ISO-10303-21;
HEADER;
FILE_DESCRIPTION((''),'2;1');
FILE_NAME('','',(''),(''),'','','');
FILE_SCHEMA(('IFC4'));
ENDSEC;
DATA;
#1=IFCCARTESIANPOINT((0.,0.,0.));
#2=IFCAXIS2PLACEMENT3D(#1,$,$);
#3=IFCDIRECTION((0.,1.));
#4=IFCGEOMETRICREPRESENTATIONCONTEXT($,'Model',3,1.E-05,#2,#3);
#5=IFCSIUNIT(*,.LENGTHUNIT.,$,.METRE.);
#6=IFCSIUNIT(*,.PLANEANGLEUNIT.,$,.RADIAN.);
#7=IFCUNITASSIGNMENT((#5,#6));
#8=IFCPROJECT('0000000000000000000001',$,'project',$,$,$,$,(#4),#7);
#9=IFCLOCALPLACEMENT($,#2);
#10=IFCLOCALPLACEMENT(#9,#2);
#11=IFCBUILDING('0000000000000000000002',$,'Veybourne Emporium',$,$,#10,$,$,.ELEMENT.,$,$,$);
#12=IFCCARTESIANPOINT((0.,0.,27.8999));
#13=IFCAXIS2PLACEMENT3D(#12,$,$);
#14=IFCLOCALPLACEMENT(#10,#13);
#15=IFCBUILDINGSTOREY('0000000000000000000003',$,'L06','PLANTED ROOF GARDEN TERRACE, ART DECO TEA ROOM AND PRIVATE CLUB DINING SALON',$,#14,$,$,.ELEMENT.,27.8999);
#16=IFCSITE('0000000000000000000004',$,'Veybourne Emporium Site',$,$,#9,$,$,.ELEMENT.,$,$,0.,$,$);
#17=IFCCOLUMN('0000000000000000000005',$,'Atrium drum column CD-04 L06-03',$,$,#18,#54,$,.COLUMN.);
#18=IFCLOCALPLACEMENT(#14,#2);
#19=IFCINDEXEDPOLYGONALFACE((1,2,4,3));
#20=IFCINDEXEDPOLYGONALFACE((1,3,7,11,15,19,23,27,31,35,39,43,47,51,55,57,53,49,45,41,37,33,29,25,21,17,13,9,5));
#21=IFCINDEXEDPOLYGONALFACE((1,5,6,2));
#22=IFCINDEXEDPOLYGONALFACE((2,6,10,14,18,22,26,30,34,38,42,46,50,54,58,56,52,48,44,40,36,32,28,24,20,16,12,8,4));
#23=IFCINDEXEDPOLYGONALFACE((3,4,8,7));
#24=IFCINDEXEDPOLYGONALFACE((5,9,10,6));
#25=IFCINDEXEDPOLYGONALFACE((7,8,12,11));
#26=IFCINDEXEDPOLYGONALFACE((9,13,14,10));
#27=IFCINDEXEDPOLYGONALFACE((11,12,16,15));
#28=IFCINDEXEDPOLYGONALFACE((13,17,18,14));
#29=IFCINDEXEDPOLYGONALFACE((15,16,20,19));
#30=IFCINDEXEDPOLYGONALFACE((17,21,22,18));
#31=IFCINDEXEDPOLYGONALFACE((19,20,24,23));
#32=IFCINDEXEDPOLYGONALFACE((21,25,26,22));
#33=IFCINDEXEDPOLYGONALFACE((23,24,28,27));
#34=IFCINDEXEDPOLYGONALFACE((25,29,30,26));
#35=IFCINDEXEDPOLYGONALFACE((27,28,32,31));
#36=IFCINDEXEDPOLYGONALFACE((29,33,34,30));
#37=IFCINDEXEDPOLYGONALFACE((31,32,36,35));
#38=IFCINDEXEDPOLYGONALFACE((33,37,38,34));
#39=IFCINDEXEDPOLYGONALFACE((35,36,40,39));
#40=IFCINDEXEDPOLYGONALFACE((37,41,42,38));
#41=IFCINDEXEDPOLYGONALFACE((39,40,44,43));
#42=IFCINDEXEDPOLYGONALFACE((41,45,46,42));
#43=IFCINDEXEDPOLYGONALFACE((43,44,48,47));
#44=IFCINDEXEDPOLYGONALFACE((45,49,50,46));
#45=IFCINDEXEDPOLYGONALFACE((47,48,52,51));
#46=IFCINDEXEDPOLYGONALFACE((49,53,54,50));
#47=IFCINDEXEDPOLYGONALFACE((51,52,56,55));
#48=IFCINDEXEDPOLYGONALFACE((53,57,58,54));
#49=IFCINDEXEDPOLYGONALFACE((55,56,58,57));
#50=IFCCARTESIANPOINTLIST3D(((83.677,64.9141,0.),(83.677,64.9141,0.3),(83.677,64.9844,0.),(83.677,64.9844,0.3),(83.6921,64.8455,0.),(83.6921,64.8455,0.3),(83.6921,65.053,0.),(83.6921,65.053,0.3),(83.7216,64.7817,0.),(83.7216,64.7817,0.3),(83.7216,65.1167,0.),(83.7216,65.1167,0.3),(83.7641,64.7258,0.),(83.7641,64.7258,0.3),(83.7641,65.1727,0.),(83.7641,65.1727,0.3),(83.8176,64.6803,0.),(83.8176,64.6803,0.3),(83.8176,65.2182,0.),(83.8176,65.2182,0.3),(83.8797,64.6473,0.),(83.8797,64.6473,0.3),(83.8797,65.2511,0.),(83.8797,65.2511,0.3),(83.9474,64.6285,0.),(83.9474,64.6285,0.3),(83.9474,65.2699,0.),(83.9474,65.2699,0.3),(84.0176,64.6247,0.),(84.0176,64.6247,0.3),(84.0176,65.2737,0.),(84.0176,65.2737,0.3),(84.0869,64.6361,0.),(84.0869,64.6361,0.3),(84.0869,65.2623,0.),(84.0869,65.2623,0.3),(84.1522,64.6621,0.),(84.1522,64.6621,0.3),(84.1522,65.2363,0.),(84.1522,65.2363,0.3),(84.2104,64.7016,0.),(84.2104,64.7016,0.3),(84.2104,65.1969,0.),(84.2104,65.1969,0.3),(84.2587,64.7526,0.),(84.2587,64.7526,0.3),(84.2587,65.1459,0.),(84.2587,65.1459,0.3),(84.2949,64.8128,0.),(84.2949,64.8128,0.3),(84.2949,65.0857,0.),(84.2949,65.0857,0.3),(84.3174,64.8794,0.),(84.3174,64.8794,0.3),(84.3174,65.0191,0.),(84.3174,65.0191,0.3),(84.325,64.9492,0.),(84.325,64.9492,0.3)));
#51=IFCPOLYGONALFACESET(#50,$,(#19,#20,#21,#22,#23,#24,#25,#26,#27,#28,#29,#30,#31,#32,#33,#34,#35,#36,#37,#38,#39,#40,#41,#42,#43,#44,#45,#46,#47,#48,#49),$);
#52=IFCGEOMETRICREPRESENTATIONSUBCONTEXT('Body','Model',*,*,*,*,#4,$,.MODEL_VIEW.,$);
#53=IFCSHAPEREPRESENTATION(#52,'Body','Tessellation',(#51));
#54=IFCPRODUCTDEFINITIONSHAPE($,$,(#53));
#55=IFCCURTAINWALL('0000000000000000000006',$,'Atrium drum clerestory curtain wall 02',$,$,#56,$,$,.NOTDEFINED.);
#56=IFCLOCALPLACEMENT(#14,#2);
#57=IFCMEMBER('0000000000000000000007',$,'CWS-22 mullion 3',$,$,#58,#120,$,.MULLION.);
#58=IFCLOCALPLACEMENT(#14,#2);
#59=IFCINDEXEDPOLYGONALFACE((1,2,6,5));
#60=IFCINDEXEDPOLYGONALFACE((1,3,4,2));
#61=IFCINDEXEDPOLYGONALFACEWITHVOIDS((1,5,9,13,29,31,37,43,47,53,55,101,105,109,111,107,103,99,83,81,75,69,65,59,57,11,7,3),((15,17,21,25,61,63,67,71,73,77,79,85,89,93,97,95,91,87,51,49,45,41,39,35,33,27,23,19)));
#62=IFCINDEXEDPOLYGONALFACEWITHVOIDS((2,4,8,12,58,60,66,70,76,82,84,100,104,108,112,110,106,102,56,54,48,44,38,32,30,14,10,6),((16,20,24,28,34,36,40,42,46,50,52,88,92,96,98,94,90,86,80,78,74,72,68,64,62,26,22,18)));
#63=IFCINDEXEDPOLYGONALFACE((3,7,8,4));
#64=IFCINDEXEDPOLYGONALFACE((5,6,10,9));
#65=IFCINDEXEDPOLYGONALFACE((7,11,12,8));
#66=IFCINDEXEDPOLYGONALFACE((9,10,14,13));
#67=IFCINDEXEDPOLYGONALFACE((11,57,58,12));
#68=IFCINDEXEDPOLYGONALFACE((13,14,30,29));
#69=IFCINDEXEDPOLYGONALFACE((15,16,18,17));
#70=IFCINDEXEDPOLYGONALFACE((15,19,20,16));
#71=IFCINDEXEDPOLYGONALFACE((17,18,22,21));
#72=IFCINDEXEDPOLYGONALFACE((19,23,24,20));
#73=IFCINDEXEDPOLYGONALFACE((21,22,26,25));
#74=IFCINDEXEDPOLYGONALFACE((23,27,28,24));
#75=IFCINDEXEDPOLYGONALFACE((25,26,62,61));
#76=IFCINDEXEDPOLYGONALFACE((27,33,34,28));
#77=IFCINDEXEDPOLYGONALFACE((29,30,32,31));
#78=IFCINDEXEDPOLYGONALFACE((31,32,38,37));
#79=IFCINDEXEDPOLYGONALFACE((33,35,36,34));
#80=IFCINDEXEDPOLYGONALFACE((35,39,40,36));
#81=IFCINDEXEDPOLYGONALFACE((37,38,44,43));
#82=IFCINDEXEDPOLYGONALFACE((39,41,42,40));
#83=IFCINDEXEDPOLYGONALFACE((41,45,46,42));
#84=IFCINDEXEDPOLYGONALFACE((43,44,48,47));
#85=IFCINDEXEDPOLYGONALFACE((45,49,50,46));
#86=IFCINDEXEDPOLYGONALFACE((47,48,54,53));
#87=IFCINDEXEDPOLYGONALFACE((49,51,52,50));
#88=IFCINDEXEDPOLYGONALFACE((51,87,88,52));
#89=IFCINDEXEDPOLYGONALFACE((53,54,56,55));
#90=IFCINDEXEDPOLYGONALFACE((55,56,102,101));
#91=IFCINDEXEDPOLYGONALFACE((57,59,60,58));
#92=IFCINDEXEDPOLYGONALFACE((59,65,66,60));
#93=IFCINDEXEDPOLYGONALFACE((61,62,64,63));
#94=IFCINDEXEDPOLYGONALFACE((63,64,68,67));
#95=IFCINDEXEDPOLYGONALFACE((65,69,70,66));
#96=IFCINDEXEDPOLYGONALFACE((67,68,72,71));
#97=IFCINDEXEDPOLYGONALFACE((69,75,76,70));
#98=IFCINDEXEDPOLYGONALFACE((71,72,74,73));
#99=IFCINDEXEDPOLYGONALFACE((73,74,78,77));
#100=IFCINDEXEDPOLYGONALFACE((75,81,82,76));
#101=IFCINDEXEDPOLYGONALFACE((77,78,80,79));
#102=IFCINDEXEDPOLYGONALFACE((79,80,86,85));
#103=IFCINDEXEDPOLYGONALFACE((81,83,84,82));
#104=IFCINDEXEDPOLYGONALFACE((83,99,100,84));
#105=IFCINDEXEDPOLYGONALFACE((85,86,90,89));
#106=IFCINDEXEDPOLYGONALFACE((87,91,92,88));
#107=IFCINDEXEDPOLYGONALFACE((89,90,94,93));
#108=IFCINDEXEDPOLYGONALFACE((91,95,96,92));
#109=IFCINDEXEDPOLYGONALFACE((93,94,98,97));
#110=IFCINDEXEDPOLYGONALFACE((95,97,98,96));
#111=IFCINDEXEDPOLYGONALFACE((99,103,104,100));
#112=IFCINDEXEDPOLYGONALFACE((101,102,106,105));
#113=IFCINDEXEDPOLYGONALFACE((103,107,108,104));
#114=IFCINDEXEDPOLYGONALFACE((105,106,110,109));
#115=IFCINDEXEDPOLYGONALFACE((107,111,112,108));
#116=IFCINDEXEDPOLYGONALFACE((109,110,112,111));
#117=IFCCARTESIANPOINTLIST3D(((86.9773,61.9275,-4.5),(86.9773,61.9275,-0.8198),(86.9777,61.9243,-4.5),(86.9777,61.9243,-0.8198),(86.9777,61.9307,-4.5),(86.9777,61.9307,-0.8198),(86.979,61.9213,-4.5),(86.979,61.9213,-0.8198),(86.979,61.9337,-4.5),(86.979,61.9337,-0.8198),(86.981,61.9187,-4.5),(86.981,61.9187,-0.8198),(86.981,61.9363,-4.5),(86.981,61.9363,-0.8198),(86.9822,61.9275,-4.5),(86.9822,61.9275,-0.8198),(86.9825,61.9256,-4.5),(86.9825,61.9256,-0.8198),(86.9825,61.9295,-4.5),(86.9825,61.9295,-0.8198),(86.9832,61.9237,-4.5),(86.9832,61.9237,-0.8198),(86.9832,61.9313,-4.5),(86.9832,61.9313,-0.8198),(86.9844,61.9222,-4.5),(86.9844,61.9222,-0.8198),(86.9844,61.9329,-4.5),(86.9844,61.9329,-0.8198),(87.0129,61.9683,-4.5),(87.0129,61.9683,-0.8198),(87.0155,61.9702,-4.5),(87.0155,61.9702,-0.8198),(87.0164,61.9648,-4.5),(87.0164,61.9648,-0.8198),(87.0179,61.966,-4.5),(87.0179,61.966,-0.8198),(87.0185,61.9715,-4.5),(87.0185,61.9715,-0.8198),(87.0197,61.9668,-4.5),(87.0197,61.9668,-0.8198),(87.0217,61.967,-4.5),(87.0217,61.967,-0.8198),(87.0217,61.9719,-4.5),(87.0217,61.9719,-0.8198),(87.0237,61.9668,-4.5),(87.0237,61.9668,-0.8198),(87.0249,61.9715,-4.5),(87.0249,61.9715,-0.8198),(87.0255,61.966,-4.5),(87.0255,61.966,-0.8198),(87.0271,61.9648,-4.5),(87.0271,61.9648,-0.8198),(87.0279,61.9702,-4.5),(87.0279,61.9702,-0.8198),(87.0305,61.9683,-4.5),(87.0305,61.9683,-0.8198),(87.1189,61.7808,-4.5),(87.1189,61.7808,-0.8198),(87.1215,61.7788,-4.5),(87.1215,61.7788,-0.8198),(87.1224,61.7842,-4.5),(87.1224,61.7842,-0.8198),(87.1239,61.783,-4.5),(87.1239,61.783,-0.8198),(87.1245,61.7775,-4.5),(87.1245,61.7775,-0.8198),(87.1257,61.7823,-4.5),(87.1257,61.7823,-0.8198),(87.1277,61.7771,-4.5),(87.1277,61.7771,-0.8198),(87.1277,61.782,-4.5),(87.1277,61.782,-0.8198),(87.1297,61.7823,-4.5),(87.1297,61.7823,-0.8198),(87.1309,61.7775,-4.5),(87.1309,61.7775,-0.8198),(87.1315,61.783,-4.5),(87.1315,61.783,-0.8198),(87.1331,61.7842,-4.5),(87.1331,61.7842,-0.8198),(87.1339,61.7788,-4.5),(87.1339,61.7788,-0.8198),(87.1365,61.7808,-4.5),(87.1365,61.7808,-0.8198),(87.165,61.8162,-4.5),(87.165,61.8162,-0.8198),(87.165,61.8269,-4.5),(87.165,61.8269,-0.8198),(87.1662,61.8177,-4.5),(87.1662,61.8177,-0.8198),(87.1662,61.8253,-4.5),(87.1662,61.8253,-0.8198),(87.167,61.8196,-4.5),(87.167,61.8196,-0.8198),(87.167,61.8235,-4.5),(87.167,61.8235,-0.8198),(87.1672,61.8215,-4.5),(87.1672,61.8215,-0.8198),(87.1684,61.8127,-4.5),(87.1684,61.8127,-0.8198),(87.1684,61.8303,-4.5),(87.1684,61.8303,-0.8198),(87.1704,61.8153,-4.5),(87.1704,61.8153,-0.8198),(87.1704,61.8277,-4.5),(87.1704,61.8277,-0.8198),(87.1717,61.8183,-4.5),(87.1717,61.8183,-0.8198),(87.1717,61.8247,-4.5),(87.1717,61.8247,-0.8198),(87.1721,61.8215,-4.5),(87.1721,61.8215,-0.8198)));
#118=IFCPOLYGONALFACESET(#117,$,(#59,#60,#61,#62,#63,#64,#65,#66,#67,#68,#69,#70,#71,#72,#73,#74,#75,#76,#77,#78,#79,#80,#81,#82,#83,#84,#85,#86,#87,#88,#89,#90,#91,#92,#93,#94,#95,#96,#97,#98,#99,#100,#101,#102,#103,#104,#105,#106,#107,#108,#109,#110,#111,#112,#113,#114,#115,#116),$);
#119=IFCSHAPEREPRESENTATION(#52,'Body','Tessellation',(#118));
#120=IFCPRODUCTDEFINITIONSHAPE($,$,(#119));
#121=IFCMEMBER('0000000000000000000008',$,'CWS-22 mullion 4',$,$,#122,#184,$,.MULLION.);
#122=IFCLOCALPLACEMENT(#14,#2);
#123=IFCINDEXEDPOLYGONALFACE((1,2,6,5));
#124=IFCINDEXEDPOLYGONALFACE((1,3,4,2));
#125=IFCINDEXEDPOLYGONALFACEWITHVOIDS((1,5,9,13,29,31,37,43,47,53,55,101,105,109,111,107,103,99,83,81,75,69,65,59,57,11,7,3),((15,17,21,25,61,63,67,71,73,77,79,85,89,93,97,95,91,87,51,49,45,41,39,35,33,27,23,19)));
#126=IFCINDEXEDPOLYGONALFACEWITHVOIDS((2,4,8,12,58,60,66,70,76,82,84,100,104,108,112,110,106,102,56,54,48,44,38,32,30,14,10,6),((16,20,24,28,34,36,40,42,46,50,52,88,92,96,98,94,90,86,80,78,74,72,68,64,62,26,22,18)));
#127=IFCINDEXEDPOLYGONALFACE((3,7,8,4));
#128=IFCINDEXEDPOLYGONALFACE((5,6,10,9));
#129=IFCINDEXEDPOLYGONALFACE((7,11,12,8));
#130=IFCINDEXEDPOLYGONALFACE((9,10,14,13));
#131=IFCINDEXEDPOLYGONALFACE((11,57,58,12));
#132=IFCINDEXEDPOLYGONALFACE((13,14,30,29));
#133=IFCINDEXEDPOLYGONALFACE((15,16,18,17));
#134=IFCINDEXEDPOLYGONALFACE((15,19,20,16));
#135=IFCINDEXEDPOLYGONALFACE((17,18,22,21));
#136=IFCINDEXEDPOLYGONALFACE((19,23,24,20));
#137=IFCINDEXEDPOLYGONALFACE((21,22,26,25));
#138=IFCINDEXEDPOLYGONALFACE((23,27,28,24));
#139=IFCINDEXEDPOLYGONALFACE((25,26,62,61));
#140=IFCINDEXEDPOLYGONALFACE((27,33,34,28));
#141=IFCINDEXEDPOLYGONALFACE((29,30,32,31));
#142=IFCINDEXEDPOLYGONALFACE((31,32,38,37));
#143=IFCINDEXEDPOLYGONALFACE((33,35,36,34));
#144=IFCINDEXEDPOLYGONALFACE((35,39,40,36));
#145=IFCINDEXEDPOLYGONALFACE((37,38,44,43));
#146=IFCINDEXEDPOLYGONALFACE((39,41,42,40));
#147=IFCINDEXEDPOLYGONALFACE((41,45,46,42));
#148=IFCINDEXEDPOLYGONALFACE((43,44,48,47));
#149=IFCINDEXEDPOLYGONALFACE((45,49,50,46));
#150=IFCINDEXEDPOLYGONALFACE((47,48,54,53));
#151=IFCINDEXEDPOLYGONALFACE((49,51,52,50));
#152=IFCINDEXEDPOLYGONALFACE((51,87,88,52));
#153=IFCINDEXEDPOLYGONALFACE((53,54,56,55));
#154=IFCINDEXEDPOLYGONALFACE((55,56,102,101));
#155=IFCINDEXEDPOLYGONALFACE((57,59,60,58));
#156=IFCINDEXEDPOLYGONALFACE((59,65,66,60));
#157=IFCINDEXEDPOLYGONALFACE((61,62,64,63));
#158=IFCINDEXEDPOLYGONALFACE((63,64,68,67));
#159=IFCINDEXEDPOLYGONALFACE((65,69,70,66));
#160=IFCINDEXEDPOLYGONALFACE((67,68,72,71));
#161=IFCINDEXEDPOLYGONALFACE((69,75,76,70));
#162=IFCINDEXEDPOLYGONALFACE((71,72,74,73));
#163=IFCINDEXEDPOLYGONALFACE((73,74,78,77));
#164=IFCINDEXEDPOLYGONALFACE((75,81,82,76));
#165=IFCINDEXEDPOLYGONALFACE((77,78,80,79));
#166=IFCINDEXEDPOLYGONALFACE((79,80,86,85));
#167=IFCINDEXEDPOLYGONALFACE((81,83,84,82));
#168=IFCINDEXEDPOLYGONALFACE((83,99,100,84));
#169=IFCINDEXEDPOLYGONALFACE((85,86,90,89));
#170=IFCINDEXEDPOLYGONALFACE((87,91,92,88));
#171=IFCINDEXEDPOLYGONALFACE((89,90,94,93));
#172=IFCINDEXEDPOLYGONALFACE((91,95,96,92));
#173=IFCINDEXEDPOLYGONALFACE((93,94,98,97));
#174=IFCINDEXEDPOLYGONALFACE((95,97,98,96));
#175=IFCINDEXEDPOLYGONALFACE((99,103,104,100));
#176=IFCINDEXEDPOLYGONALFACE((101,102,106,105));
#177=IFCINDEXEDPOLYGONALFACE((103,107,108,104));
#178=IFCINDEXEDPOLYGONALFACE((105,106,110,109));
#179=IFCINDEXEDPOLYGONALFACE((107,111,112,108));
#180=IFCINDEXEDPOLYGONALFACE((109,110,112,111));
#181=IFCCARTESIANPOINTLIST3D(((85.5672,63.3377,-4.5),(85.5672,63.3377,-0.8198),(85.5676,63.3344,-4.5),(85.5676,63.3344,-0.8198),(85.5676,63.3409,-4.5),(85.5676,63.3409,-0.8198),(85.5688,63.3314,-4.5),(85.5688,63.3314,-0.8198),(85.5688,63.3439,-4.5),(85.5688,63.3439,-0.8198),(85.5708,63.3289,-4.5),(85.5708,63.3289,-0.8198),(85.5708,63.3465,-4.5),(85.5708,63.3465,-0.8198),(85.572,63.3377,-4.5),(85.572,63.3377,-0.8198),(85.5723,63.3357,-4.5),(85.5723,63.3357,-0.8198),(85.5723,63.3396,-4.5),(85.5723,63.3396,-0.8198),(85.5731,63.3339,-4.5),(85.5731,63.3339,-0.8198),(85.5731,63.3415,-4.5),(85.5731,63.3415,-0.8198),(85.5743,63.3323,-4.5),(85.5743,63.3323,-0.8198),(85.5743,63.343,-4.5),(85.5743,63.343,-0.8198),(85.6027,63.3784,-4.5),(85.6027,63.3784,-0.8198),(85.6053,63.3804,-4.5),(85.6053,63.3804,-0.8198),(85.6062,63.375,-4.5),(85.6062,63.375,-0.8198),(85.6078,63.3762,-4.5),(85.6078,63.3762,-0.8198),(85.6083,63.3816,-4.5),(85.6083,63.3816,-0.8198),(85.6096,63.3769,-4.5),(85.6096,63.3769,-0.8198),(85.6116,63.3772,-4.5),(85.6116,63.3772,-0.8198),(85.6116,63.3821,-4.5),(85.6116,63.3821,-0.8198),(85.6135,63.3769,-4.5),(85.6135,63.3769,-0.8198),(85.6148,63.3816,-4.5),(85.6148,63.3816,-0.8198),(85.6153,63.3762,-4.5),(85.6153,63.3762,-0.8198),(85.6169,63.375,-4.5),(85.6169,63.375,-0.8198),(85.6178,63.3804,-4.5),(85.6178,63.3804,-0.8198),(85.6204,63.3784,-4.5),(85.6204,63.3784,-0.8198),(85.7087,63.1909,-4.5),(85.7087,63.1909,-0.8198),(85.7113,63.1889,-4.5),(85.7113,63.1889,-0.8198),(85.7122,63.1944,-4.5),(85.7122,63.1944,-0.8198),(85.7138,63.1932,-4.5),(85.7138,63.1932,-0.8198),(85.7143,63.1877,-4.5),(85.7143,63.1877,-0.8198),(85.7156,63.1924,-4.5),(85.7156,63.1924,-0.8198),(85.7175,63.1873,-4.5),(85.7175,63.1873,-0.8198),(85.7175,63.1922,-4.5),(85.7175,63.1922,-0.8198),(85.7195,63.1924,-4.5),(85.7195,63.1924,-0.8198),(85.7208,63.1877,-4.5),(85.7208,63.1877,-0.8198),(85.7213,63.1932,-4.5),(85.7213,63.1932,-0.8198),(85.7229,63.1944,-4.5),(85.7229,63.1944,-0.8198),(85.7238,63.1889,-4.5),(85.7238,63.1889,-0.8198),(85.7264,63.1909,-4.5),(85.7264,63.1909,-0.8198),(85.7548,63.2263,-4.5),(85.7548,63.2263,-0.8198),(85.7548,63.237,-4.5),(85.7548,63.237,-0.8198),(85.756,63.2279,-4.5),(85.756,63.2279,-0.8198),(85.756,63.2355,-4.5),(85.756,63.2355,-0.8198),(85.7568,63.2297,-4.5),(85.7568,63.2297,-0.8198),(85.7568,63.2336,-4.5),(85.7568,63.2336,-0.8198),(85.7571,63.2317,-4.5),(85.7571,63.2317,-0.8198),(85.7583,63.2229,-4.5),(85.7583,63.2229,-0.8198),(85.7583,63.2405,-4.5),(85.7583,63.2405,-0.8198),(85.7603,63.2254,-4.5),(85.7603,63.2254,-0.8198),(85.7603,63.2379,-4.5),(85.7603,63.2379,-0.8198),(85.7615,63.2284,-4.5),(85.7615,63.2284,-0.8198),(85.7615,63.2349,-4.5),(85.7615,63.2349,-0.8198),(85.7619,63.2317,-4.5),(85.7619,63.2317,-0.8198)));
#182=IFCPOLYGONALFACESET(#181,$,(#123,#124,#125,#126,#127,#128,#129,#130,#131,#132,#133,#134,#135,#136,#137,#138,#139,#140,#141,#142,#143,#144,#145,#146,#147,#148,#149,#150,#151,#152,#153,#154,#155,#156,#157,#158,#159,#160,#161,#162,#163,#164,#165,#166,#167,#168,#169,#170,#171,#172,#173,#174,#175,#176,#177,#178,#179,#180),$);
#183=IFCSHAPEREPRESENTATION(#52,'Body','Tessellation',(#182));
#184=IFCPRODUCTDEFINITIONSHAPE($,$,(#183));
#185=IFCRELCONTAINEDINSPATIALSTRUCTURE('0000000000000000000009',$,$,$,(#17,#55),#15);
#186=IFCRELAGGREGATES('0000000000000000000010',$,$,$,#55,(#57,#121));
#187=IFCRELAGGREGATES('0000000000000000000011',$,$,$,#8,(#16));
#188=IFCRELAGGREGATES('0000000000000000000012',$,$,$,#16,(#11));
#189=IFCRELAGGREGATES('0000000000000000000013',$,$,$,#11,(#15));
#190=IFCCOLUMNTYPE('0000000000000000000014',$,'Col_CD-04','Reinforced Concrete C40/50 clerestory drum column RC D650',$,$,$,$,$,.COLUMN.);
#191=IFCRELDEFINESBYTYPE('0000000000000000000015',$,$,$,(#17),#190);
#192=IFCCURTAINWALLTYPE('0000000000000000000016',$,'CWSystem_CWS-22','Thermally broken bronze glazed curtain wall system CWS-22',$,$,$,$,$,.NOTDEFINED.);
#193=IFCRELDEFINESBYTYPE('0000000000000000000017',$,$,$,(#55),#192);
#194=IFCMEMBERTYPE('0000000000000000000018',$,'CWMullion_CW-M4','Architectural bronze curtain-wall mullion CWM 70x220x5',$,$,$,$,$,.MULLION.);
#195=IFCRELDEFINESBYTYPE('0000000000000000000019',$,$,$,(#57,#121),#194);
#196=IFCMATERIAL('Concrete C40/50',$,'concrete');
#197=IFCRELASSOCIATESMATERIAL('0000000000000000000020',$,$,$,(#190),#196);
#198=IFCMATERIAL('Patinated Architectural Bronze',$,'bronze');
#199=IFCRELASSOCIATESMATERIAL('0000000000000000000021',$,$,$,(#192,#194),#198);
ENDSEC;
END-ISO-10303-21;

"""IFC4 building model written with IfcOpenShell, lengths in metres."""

from ifc_helpers import new_model, si_unit, direction, frame, origin, origin_2d, place, context, subcontext, project, spatial, hollow_rectangle, circle, extrude, material, material_profile, profile_set, type_object, element, aggregate, save


model = new_model("IFC4")

# Units and contexts
model_context = context("Model", 3, precision=1e-05, world=origin(), true_north=direction((0.0, 1.0)))
body_context = subcontext(model_context, "Body", "Model", "MODEL_VIEW")
ifc_project = project(units=[si_unit("LENGTHUNIT", "METRE"), si_unit("PLANEANGLEUNIT", "RADIAN")], contexts=[model_context])

# Site, building, storey
site_placement = place(None, origin())
site = spatial("IfcSite", under=ifc_project, at=site_placement, Name="Veybourne Emporium Site", CompositionType="ELEMENT", RefElevation=0.0)
building_placement = place(site_placement, origin())
building = spatial("IfcBuilding", under=site, at=building_placement, Name="Veybourne Emporium", CompositionType="ELEMENT")
storey_placement = place(building_placement, frame((0.0, 0.0, 27.8999)))
storey = spatial("IfcBuildingStorey", under=building, at=storey_placement, Name="L06", Description="PLANTED ROOF GARDEN TERRACE, ART DECO TEA ROOM AND PRIVATE CLUB DINING SALON", CompositionType="ELEMENT", Elevation=27.8999)

# Column
ifc_material_1 = material(Name="Concrete C40/50", Category="concrete")
ifc_material_profile_1 = material_profile(ifc_material_1, circle(Radius=0.325, at=origin_2d()), Name="RC D650")
ifc_profile_set_1 = profile_set([ifc_material_profile_1], Name="Concrete C40/50")
column_type = type_object("IfcColumnType", Name="Col_CD-04", Description="Reinforced Concrete C40/50 clerestory drum column RC D650", PredefinedType="COLUMN", material=ifc_profile_set_1)
column_placement = place(storey_placement, frame((84.0, 64.9492, 0.0), z_axis=(0.0, 0.0, 1.0), x_axis=(1.0, 0.0, 0.0)))
element("IfcColumn", 1, at=column_placement, inside=storey, type_object=column_type, Name="Atrium drum column CD-04 L06-03", PredefinedType="COLUMN", context=body_context, shape_type="SweptSolid", body=[
    extrude(circle(Radius=0.325, at=origin_2d()), origin(), (0.0, 0.0, 1.0), 0.3),
])

# Curtain wall, members
ifc_material_2 = material(Name="Patinated Architectural Bronze", Category="bronze")
curtain_wall_type_1 = type_object("IfcCurtainWallType", Name="CWSystem_CWS-22", Description="Thermally broken bronze glazed curtain wall system CWS-22", PredefinedType="NOTDEFINED", material=ifc_material_2)
curtain_wall_1_placement = place(storey_placement, origin())
curtain_wall_1 = element("IfcCurtainWall", 2, at=curtain_wall_1_placement, inside=storey, type_object=curtain_wall_type_1, Name="Atrium drum clerestory curtain wall 02", PredefinedType="NOTDEFINED")
ifc_material_profile_2 = material_profile(ifc_material_2, hollow_rectangle(XDim=0.0701, YDim=0.22, WallThickness=0.0049, InnerFilletRadius=0.0076, OuterFilletRadius=0.0125, at=origin_2d()), Name="CWM 70x220x5")
ifc_profile_set_2 = profile_set([ifc_material_profile_2], Name="Patinated Architectural Bronze")
member_type_1 = type_object("IfcMemberType", Name="CWMullion_CW-M4", Description="Architectural bronze curtain-wall mullion CWM 70x220x5", PredefinedType="MULLION", material=ifc_profile_set_2)
member_1_placement = place(storey_placement, frame((87.0747, 61.8745, -4.5), z_axis=(0.0, 0.0, 1.0), x_axis=(-0.707107, -0.707107, 0.0)))
member_1 = element("IfcMember", 3, at=member_1_placement, type_object=member_type_1, Name="CWS-22 mullion 3", PredefinedType="MULLION", context=body_context, shape_type="SweptSolid", body=[
    extrude(hollow_rectangle(XDim=0.0701, YDim=0.22, WallThickness=0.0049, InnerFilletRadius=0.0076, OuterFilletRadius=0.0125, at=origin_2d()), origin(), (0.0, 0.0, 1.0), 3.6802),
])
member_2_placement = place(storey_placement, frame((85.6646, 63.2847, -4.5), z_axis=(0.0, 0.0, 1.0), x_axis=(-0.707107, -0.707107, 0.0)))
member_2 = element("IfcMember", 4, at=member_2_placement, type_object=member_type_1, Name="CWS-22 mullion 4", PredefinedType="MULLION", context=body_context, shape_type="SweptSolid", body=[
    extrude(hollow_rectangle(XDim=0.0701, YDim=0.22, WallThickness=0.0049, InnerFilletRadius=0.0076, OuterFilletRadius=0.0125, at=origin_2d()), origin(), (0.0, 0.0, 1.0), 3.6802),
])

aggregate(curtain_wall_1, [member_1, member_2])

save(model, "model.ifc")
